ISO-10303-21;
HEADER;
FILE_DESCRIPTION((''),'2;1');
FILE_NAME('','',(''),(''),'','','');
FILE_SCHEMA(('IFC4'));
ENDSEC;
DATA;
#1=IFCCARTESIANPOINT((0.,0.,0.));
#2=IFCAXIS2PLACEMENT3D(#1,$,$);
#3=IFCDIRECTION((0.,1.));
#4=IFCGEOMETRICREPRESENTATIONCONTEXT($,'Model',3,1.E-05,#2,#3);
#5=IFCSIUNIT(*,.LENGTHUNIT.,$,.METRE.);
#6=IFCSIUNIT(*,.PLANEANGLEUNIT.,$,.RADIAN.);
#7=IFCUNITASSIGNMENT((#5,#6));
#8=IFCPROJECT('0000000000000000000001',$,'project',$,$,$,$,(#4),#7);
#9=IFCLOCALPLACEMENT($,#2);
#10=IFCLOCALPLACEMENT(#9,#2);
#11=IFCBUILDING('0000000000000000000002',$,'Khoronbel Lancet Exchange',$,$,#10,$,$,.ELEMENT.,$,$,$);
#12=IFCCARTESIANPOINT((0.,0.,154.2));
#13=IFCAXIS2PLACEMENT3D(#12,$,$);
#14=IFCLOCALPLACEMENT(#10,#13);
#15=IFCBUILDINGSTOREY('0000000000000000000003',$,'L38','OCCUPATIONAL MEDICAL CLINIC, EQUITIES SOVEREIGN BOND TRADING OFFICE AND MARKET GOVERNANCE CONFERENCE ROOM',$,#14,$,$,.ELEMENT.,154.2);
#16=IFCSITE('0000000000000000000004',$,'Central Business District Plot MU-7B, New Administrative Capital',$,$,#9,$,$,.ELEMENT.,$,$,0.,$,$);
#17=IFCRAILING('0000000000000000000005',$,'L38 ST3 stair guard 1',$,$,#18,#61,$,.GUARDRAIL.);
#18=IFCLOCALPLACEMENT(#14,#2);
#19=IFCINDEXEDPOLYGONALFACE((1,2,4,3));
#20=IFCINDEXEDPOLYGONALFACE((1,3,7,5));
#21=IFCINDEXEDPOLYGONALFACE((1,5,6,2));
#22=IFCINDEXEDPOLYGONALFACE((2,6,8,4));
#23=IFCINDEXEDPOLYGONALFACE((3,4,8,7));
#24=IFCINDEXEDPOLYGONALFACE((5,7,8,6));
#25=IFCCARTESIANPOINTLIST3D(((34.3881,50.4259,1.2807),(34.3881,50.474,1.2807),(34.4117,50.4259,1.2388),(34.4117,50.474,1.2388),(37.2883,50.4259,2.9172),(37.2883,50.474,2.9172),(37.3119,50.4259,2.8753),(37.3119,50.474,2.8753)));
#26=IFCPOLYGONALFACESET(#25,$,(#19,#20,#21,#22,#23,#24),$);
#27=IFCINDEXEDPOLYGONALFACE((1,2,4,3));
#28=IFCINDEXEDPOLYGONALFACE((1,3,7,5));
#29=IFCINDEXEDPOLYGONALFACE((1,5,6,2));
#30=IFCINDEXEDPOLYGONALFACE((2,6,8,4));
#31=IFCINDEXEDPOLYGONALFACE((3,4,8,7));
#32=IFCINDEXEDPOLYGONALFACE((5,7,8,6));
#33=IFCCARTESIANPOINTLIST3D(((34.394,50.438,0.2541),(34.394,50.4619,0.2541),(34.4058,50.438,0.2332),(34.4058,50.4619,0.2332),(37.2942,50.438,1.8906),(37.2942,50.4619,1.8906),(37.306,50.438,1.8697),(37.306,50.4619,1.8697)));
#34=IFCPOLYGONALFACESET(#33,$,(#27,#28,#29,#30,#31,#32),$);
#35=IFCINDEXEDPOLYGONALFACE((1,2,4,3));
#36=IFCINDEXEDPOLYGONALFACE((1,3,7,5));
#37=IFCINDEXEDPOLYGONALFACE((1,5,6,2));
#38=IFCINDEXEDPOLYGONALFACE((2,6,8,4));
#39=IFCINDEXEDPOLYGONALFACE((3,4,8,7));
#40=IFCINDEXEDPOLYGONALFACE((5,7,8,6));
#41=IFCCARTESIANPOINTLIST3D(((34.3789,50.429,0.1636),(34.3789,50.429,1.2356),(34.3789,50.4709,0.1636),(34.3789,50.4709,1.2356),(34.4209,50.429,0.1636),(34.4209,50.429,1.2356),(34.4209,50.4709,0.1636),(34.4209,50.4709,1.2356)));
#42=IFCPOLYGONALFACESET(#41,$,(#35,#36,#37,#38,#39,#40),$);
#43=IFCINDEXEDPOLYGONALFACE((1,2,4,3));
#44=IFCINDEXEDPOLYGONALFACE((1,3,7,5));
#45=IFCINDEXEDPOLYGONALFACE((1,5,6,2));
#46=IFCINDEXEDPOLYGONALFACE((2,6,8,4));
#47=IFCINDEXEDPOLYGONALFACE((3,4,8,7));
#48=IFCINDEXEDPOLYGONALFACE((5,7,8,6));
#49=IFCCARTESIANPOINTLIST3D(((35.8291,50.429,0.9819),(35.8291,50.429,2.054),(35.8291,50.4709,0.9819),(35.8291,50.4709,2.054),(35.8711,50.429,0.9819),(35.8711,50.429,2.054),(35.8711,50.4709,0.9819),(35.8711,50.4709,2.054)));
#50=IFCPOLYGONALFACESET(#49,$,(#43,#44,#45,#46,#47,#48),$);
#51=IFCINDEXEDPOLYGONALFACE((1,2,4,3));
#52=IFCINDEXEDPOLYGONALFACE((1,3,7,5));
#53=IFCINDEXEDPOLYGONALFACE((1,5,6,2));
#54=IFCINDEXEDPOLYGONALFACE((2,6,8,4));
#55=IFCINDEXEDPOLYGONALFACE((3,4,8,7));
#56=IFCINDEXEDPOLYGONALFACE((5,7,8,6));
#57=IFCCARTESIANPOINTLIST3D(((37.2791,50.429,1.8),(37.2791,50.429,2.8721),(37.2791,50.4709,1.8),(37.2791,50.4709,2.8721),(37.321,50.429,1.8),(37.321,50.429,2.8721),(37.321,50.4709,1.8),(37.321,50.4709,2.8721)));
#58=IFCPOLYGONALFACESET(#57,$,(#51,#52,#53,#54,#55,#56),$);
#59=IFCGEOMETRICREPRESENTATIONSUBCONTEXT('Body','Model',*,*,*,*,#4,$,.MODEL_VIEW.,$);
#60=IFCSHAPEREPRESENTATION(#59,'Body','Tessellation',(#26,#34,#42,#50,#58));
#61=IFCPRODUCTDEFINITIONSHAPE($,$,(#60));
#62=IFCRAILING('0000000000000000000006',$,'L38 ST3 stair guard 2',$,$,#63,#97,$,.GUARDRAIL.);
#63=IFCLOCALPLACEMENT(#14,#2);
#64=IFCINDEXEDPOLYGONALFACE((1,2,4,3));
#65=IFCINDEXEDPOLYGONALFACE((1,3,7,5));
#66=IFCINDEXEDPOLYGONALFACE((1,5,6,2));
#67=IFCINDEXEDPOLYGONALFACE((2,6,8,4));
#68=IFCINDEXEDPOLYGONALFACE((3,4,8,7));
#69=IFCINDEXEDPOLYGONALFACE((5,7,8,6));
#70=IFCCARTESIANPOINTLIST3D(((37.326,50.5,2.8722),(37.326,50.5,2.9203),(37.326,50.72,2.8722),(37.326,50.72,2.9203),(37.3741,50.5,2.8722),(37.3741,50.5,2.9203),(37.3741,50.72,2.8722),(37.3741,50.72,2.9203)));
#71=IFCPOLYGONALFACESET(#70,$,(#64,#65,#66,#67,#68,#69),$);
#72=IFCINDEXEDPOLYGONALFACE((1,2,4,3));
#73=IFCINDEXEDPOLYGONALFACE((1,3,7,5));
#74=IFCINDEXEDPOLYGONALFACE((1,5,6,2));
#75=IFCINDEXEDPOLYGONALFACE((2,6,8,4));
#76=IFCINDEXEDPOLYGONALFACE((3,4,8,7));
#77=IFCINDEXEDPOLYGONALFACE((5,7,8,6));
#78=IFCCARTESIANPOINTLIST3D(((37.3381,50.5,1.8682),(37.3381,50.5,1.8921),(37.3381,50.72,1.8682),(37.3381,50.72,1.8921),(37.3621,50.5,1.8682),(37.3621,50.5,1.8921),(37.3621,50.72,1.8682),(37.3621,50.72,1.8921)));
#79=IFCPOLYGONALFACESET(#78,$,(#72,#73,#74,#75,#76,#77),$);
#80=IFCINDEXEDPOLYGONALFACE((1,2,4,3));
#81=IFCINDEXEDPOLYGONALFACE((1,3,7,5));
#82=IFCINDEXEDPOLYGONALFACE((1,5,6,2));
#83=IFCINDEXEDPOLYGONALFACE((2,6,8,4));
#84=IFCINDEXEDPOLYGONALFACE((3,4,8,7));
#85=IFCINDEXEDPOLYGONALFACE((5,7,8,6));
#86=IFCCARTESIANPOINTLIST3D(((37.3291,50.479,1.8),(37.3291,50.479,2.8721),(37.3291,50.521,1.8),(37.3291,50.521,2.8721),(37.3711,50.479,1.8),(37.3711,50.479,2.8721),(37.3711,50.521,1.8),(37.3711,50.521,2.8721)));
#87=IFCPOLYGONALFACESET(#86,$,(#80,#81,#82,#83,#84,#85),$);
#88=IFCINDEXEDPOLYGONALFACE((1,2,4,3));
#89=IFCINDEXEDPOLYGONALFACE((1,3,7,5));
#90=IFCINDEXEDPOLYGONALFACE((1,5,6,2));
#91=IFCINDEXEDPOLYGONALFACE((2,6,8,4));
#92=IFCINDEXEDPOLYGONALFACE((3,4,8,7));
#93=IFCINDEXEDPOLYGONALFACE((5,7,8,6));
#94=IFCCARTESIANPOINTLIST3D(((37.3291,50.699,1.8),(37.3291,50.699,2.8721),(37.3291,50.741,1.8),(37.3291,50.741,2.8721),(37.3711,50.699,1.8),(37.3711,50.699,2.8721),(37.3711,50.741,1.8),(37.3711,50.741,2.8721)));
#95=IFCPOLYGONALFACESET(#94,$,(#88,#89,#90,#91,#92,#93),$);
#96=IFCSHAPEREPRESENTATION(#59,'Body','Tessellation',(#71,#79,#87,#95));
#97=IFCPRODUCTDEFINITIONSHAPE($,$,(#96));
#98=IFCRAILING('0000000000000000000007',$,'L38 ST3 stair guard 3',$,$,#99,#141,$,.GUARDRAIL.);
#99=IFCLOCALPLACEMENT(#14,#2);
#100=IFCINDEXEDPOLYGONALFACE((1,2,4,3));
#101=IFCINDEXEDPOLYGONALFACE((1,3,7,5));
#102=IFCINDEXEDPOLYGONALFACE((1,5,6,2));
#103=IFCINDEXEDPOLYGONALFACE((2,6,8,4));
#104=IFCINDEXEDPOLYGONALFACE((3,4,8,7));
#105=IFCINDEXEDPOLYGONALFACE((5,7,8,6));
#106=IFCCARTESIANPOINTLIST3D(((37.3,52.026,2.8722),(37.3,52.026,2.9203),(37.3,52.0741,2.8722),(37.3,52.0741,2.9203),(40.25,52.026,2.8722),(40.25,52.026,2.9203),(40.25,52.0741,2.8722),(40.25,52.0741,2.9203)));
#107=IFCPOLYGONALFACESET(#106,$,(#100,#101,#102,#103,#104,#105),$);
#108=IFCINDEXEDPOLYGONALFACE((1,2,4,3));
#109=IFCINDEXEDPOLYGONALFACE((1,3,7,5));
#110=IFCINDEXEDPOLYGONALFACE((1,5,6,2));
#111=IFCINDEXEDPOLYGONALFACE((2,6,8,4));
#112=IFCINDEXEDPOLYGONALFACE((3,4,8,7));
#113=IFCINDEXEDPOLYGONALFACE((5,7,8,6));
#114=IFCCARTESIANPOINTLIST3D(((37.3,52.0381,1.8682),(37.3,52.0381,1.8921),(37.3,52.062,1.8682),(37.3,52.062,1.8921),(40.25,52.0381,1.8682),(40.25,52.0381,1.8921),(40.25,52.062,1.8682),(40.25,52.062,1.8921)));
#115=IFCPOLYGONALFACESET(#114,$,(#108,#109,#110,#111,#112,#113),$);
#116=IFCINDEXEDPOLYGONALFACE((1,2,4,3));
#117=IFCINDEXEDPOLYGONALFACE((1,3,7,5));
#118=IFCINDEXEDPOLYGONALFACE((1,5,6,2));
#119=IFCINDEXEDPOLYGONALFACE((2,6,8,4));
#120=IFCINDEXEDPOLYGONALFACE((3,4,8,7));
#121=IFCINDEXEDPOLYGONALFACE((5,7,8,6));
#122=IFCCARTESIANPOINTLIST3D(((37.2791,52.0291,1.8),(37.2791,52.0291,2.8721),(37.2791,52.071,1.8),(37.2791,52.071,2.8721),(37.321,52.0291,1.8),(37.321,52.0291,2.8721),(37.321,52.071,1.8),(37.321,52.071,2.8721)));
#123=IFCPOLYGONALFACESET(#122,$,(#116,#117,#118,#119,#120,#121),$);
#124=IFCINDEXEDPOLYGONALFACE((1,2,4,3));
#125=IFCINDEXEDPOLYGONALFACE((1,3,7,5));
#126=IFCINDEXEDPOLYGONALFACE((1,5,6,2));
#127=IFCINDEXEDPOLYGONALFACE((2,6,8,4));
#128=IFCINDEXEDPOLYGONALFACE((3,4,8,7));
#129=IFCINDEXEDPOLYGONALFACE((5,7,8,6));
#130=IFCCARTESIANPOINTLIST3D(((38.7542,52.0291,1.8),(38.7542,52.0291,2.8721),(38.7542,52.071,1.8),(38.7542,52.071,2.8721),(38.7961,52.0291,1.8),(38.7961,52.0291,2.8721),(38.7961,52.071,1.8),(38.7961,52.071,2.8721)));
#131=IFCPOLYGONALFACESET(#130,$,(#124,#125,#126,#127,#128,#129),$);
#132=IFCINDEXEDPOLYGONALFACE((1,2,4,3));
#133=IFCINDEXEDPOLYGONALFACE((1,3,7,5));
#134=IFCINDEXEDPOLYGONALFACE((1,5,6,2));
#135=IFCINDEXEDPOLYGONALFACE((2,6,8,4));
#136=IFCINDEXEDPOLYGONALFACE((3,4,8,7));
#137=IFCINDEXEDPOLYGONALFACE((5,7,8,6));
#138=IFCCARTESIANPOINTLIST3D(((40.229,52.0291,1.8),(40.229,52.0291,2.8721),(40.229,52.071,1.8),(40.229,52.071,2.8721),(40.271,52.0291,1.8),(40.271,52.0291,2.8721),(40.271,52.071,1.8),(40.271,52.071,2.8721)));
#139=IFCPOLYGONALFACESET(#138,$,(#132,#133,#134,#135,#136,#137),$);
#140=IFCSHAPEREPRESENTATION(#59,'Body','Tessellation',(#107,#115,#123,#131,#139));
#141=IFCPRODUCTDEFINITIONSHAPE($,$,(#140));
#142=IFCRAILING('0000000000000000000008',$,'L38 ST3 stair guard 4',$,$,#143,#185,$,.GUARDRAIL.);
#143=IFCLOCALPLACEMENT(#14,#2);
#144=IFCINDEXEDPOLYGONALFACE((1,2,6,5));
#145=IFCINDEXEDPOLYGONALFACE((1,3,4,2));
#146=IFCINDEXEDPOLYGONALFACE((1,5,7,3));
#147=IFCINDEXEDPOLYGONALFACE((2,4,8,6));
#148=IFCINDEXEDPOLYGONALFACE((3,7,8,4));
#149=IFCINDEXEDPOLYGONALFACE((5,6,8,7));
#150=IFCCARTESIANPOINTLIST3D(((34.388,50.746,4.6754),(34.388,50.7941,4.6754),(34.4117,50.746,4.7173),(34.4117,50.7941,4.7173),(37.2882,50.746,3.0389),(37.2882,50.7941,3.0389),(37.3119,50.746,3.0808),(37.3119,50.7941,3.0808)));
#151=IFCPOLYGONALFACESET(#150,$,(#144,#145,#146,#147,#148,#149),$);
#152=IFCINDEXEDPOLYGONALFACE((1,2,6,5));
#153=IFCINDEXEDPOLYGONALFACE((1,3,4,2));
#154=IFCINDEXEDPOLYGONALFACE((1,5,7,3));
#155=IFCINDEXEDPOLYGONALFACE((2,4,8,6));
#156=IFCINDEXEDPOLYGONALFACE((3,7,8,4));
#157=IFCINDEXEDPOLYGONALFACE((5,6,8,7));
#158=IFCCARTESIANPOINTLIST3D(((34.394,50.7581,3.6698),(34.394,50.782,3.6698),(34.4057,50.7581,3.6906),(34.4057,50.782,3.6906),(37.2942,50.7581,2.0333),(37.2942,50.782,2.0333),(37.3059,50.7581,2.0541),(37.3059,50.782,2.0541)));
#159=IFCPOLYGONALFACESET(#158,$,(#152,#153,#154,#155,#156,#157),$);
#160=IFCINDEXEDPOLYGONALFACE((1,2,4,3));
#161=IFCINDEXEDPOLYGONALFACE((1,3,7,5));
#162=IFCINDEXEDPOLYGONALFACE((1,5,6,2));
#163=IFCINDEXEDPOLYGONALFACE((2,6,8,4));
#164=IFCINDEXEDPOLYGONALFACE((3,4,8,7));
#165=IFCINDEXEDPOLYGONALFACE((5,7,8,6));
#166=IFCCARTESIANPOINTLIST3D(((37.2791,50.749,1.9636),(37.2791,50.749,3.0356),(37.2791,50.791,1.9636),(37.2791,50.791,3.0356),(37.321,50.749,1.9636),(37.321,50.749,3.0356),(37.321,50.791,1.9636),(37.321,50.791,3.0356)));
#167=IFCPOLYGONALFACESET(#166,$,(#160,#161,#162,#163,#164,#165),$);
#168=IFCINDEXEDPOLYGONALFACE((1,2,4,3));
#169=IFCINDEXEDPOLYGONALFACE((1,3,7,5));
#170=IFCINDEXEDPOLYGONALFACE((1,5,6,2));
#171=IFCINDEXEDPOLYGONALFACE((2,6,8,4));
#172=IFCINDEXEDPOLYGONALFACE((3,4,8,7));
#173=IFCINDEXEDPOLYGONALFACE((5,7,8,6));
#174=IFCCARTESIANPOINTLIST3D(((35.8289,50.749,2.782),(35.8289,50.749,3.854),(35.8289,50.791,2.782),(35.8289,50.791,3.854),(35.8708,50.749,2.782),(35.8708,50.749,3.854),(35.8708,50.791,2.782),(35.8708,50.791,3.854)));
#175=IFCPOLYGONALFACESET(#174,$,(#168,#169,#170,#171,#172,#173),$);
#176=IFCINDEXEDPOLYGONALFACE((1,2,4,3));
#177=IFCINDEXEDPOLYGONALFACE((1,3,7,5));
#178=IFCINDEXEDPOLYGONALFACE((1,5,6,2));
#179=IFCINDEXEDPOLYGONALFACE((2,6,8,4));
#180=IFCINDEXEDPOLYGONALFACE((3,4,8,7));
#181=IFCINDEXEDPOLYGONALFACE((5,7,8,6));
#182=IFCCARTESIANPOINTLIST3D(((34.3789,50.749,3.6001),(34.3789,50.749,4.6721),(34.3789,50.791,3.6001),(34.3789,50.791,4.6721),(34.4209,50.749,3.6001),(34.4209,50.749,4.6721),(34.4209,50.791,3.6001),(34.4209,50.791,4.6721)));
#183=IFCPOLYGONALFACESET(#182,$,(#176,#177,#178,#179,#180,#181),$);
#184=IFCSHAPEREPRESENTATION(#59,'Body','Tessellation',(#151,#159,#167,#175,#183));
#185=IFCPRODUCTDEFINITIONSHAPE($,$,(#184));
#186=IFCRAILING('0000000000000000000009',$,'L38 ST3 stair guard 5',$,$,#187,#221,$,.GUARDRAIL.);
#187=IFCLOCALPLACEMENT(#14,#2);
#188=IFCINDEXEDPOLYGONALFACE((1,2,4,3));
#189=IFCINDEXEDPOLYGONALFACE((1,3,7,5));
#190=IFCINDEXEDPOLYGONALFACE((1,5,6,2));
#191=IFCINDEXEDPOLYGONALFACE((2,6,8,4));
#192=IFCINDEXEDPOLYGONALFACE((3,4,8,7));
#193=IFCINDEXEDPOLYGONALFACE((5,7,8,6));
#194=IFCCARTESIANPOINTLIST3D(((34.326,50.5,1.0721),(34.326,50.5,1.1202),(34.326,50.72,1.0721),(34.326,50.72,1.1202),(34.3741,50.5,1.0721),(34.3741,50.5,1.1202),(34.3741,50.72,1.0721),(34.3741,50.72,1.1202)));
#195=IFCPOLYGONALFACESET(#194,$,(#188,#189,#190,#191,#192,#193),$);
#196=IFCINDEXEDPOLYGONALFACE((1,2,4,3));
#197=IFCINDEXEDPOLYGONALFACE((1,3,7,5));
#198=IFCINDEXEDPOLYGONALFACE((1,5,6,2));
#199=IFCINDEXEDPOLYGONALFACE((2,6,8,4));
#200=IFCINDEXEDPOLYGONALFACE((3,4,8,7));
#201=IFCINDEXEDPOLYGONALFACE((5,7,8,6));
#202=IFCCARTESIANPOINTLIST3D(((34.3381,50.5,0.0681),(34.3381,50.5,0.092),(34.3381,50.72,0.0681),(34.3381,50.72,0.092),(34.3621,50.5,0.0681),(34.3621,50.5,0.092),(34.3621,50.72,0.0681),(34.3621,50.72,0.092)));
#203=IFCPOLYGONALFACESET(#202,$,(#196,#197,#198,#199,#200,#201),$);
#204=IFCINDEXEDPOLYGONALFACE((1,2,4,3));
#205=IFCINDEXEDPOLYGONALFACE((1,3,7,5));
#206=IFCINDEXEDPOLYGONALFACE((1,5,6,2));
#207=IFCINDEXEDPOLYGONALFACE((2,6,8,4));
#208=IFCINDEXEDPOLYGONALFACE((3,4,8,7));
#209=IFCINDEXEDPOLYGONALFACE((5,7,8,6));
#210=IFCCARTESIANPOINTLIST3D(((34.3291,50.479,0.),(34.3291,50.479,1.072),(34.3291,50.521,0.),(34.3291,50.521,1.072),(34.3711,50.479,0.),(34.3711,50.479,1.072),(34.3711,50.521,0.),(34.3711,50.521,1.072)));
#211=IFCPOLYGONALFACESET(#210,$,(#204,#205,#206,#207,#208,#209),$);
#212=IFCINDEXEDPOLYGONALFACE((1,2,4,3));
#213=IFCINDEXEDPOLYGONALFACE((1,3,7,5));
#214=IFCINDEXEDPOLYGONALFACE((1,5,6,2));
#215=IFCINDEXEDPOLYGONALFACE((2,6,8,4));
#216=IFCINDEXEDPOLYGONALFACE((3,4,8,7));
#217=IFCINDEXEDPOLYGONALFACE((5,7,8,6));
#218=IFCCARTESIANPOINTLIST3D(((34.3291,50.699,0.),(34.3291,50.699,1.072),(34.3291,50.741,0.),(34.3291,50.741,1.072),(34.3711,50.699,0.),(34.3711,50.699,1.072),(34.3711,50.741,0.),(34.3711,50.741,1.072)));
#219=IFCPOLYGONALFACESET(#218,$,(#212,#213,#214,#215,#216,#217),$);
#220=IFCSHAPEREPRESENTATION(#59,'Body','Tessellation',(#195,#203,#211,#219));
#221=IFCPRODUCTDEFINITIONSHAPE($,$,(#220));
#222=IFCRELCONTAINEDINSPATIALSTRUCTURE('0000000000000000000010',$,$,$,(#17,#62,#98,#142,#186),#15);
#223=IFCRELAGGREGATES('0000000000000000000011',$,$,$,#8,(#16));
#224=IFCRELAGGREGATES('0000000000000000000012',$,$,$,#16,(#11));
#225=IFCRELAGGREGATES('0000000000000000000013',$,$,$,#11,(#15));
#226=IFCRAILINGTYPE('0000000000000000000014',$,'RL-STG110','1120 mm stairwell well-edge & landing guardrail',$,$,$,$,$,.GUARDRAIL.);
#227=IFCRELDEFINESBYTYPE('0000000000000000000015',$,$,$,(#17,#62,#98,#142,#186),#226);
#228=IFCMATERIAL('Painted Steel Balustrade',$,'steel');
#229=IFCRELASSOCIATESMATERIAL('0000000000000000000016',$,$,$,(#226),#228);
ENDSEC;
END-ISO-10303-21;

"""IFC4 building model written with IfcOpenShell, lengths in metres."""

from ifc_helpers import new_model, si_unit, direction, frame, origin, origin_2d, place, context, subcontext, project, spatial, rectangle, extrude, material, type_object, element, save


model = new_model("IFC4")

# Units and contexts
model_context = context("Model", 3, precision=1e-05, world=origin(), true_north=direction((0.0, 1.0)))
body_context = subcontext(model_context, "Body", "Model", "MODEL_VIEW")
ifc_project = project(units=[si_unit("LENGTHUNIT", "METRE"), si_unit("PLANEANGLEUNIT", "RADIAN")], contexts=[model_context])

# Site, building, storey
site_placement = place(None, origin())
site = spatial("IfcSite", under=ifc_project, at=site_placement, Name="Central Business District Plot MU-7B, New Administrative Capital", CompositionType="ELEMENT", RefElevation=0.0)
building_placement = place(site_placement, origin())
building = spatial("IfcBuilding", under=site, at=building_placement, Name="Khoronbel Lancet Exchange", CompositionType="ELEMENT")
storey_placement = place(building_placement, frame((0.0, 0.0, 154.2)))
storey = spatial("IfcBuildingStorey", under=building, at=storey_placement, Name="L38", Description="OCCUPATIONAL MEDICAL CLINIC, EQUITIES SOVEREIGN BOND TRADING OFFICE AND MARKET GOVERNANCE CONFERENCE ROOM", CompositionType="ELEMENT", Elevation=154.2)

# Railings
ifc_material_1 = material(Name="Painted Steel Balustrade", Category="steel")
railing_type_1 = type_object("IfcRailingType", Name="RL-STG110", Description="1120 mm stairwell well-edge & landing guardrail", PredefinedType="GUARDRAIL", material=ifc_material_1)
railing_1_placement = place(storey_placement, frame((34.3999, 50.45, 0.1636)))
element("IfcRailing", 1, at=railing_1_placement, inside=storey, type_object=railing_type_1, Name="L38 ST3 stair guard 1", PredefinedType="GUARDRAIL", context=body_context, shape_type="SweptSolid", body=[
    extrude(rectangle(XDim=0.0481, YDim=0.0481, at=origin_2d()), frame((0.0, 0.0, 1.0962), z_axis=(0.870915, 0.0, 0.491434), x_axis=(0.0, 1.0, 0.0)), (0.0, 0.0, 1.0), 3.3301),
    extrude(rectangle(XDim=0.0239, YDim=0.0239, at=origin_2d()), frame((0.0, 0.0, 0.0801), z_axis=(0.870915, 0.0, 0.491434), x_axis=(0.0, 1.0, 0.0)), (0.0, 0.0, 1.0), 3.3301),
    extrude(rectangle(XDim=0.042, YDim=0.042, at=origin_2d()), origin(), (0.0, 0.0, 1.0), 1.072),
    extrude(rectangle(XDim=0.042, YDim=0.042, at=origin_2d()), frame((1.4502, 0.0, 0.8184)), (0.0, 0.0, 1.0), 1.072),
    extrude(rectangle(XDim=0.042, YDim=0.042, at=origin_2d()), frame((2.9001, 0.0, 1.6365)), (0.0, 0.0, 1.0), 1.072),
])
railing_2_placement = place(storey_placement, frame((37.3501, 50.5, 1.8)))
element("IfcRailing", 2, at=railing_2_placement, inside=storey, type_object=railing_type_1, Name="L38 ST3 stair guard 2", PredefinedType="GUARDRAIL", context=body_context, shape_type="SweptSolid", body=[
    extrude(rectangle(XDim=0.0481, YDim=0.0481, at=origin_2d()), frame((0.0, 0.0, 1.0962), z_axis=(0.0, 1.0, 0.0), x_axis=(-1.0, 0.0, 0.0)), (0.0, 0.0, 1.0), 0.22),
    extrude(rectangle(XDim=0.0239, YDim=0.0239, at=origin_2d()), frame((0.0, 0.0, 0.0801), z_axis=(0.0, 1.0, 0.0), x_axis=(-1.0, 0.0, 0.0)), (0.0, 0.0, 1.0), 0.22),
    extrude(rectangle(XDim=0.042, YDim=0.042, at=origin_2d()), origin(), (0.0, 0.0, 1.0), 1.072),
    extrude(rectangle(XDim=0.042, YDim=0.042, at=origin_2d()), frame((0.0, 0.22, 0.0)), (0.0, 0.0, 1.0), 1.072),
])
railing_3_placement = place(storey_placement, frame((37.3, 52.05, 1.8)))
element("IfcRailing", 3, at=railing_3_placement, inside=storey, type_object=railing_type_1, Name="L38 ST3 stair guard 3", PredefinedType="GUARDRAIL", context=body_context, shape_type="SweptSolid", body=[
    extrude(rectangle(XDim=0.0481, YDim=0.0481, at=origin_2d()), frame((0.0, 0.0, 1.0962), z_axis=(1.0, 0.0, 0.0), x_axis=(0.0, 1.0, 0.0)), (0.0, 0.0, 1.0), 2.95),
    extrude(rectangle(XDim=0.0239, YDim=0.0239, at=origin_2d()), frame((0.0, 0.0, 0.0801), z_axis=(1.0, 0.0, 0.0), x_axis=(0.0, 1.0, 0.0)), (0.0, 0.0, 1.0), 2.95),
    extrude(rectangle(XDim=0.042, YDim=0.042, at=origin_2d()), origin(), (0.0, 0.0, 1.0), 1.072),
    extrude(rectangle(XDim=0.042, YDim=0.042, at=origin_2d()), frame((1.4751, 0.0, 0.0)), (0.0, 0.0, 1.0), 1.072),
    extrude(rectangle(XDim=0.042, YDim=0.042, at=origin_2d()), frame((2.95, 0.0, 0.0)), (0.0, 0.0, 1.0), 1.072),
])
railing_4_placement = place(storey_placement, frame((37.3, 50.77, 1.9636)))
element("IfcRailing", 4, at=railing_4_placement, inside=storey, type_object=railing_type_1, Name="L38 ST3 stair guard 4", PredefinedType="GUARDRAIL", context=body_context, shape_type="SweptSolid", body=[
    extrude(rectangle(XDim=0.0481, YDim=0.0481, at=origin_2d()), frame((0.0, 0.0, 1.0962), z_axis=(-0.870915, 0.0, 0.491434), x_axis=(0.0, -1.0, 0.0)), (0.0, 0.0, 1.0), 3.3301),
    extrude(rectangle(XDim=0.0239, YDim=0.0239, at=origin_2d()), frame((0.0, 0.0, 0.0801), z_axis=(-0.870915, 0.0, 0.491434), x_axis=(0.0, -1.0, 0.0)), (0.0, 0.0, 1.0), 3.3301),
    extrude(rectangle(XDim=0.042, YDim=0.042, at=origin_2d()), origin(), (0.0, 0.0, 1.0), 1.072),
    extrude(rectangle(XDim=0.042, YDim=0.042, at=origin_2d()), frame((-1.4502, 0.0, 0.8184)), (0.0, 0.0, 1.0), 1.072),
    extrude(rectangle(XDim=0.042, YDim=0.042, at=origin_2d()), frame((-2.9001, 0.0, 1.6365)), (0.0, 0.0, 1.0), 1.072),
])
railing_5_placement = place(storey_placement, frame((34.3501, 50.5, 0.0)))
element("IfcRailing", 5, at=railing_5_placement, inside=storey, type_object=railing_type_1, Name="L38 ST3 stair guard 5", PredefinedType="GUARDRAIL", context=body_context, shape_type="SweptSolid", body=[
    extrude(rectangle(XDim=0.0481, YDim=0.0481, at=origin_2d()), frame((0.0, 0.0, 1.0962), z_axis=(0.0, 1.0, 0.0), x_axis=(-1.0, 0.0, 0.0)), (0.0, 0.0, 1.0), 0.22),
    extrude(rectangle(XDim=0.0239, YDim=0.0239, at=origin_2d()), frame((0.0, 0.0, 0.0801), z_axis=(0.0, 1.0, 0.0), x_axis=(-1.0, 0.0, 0.0)), (0.0, 0.0, 1.0), 0.22),
    extrude(rectangle(XDim=0.042, YDim=0.042, at=origin_2d()), origin(), (0.0, 0.0, 1.0), 1.072),
    extrude(rectangle(XDim=0.042, YDim=0.042, at=origin_2d()), frame((0.0, 0.22, 0.0)), (0.0, 0.0, 1.0), 1.072),
])

save(model, "model.ifc")
